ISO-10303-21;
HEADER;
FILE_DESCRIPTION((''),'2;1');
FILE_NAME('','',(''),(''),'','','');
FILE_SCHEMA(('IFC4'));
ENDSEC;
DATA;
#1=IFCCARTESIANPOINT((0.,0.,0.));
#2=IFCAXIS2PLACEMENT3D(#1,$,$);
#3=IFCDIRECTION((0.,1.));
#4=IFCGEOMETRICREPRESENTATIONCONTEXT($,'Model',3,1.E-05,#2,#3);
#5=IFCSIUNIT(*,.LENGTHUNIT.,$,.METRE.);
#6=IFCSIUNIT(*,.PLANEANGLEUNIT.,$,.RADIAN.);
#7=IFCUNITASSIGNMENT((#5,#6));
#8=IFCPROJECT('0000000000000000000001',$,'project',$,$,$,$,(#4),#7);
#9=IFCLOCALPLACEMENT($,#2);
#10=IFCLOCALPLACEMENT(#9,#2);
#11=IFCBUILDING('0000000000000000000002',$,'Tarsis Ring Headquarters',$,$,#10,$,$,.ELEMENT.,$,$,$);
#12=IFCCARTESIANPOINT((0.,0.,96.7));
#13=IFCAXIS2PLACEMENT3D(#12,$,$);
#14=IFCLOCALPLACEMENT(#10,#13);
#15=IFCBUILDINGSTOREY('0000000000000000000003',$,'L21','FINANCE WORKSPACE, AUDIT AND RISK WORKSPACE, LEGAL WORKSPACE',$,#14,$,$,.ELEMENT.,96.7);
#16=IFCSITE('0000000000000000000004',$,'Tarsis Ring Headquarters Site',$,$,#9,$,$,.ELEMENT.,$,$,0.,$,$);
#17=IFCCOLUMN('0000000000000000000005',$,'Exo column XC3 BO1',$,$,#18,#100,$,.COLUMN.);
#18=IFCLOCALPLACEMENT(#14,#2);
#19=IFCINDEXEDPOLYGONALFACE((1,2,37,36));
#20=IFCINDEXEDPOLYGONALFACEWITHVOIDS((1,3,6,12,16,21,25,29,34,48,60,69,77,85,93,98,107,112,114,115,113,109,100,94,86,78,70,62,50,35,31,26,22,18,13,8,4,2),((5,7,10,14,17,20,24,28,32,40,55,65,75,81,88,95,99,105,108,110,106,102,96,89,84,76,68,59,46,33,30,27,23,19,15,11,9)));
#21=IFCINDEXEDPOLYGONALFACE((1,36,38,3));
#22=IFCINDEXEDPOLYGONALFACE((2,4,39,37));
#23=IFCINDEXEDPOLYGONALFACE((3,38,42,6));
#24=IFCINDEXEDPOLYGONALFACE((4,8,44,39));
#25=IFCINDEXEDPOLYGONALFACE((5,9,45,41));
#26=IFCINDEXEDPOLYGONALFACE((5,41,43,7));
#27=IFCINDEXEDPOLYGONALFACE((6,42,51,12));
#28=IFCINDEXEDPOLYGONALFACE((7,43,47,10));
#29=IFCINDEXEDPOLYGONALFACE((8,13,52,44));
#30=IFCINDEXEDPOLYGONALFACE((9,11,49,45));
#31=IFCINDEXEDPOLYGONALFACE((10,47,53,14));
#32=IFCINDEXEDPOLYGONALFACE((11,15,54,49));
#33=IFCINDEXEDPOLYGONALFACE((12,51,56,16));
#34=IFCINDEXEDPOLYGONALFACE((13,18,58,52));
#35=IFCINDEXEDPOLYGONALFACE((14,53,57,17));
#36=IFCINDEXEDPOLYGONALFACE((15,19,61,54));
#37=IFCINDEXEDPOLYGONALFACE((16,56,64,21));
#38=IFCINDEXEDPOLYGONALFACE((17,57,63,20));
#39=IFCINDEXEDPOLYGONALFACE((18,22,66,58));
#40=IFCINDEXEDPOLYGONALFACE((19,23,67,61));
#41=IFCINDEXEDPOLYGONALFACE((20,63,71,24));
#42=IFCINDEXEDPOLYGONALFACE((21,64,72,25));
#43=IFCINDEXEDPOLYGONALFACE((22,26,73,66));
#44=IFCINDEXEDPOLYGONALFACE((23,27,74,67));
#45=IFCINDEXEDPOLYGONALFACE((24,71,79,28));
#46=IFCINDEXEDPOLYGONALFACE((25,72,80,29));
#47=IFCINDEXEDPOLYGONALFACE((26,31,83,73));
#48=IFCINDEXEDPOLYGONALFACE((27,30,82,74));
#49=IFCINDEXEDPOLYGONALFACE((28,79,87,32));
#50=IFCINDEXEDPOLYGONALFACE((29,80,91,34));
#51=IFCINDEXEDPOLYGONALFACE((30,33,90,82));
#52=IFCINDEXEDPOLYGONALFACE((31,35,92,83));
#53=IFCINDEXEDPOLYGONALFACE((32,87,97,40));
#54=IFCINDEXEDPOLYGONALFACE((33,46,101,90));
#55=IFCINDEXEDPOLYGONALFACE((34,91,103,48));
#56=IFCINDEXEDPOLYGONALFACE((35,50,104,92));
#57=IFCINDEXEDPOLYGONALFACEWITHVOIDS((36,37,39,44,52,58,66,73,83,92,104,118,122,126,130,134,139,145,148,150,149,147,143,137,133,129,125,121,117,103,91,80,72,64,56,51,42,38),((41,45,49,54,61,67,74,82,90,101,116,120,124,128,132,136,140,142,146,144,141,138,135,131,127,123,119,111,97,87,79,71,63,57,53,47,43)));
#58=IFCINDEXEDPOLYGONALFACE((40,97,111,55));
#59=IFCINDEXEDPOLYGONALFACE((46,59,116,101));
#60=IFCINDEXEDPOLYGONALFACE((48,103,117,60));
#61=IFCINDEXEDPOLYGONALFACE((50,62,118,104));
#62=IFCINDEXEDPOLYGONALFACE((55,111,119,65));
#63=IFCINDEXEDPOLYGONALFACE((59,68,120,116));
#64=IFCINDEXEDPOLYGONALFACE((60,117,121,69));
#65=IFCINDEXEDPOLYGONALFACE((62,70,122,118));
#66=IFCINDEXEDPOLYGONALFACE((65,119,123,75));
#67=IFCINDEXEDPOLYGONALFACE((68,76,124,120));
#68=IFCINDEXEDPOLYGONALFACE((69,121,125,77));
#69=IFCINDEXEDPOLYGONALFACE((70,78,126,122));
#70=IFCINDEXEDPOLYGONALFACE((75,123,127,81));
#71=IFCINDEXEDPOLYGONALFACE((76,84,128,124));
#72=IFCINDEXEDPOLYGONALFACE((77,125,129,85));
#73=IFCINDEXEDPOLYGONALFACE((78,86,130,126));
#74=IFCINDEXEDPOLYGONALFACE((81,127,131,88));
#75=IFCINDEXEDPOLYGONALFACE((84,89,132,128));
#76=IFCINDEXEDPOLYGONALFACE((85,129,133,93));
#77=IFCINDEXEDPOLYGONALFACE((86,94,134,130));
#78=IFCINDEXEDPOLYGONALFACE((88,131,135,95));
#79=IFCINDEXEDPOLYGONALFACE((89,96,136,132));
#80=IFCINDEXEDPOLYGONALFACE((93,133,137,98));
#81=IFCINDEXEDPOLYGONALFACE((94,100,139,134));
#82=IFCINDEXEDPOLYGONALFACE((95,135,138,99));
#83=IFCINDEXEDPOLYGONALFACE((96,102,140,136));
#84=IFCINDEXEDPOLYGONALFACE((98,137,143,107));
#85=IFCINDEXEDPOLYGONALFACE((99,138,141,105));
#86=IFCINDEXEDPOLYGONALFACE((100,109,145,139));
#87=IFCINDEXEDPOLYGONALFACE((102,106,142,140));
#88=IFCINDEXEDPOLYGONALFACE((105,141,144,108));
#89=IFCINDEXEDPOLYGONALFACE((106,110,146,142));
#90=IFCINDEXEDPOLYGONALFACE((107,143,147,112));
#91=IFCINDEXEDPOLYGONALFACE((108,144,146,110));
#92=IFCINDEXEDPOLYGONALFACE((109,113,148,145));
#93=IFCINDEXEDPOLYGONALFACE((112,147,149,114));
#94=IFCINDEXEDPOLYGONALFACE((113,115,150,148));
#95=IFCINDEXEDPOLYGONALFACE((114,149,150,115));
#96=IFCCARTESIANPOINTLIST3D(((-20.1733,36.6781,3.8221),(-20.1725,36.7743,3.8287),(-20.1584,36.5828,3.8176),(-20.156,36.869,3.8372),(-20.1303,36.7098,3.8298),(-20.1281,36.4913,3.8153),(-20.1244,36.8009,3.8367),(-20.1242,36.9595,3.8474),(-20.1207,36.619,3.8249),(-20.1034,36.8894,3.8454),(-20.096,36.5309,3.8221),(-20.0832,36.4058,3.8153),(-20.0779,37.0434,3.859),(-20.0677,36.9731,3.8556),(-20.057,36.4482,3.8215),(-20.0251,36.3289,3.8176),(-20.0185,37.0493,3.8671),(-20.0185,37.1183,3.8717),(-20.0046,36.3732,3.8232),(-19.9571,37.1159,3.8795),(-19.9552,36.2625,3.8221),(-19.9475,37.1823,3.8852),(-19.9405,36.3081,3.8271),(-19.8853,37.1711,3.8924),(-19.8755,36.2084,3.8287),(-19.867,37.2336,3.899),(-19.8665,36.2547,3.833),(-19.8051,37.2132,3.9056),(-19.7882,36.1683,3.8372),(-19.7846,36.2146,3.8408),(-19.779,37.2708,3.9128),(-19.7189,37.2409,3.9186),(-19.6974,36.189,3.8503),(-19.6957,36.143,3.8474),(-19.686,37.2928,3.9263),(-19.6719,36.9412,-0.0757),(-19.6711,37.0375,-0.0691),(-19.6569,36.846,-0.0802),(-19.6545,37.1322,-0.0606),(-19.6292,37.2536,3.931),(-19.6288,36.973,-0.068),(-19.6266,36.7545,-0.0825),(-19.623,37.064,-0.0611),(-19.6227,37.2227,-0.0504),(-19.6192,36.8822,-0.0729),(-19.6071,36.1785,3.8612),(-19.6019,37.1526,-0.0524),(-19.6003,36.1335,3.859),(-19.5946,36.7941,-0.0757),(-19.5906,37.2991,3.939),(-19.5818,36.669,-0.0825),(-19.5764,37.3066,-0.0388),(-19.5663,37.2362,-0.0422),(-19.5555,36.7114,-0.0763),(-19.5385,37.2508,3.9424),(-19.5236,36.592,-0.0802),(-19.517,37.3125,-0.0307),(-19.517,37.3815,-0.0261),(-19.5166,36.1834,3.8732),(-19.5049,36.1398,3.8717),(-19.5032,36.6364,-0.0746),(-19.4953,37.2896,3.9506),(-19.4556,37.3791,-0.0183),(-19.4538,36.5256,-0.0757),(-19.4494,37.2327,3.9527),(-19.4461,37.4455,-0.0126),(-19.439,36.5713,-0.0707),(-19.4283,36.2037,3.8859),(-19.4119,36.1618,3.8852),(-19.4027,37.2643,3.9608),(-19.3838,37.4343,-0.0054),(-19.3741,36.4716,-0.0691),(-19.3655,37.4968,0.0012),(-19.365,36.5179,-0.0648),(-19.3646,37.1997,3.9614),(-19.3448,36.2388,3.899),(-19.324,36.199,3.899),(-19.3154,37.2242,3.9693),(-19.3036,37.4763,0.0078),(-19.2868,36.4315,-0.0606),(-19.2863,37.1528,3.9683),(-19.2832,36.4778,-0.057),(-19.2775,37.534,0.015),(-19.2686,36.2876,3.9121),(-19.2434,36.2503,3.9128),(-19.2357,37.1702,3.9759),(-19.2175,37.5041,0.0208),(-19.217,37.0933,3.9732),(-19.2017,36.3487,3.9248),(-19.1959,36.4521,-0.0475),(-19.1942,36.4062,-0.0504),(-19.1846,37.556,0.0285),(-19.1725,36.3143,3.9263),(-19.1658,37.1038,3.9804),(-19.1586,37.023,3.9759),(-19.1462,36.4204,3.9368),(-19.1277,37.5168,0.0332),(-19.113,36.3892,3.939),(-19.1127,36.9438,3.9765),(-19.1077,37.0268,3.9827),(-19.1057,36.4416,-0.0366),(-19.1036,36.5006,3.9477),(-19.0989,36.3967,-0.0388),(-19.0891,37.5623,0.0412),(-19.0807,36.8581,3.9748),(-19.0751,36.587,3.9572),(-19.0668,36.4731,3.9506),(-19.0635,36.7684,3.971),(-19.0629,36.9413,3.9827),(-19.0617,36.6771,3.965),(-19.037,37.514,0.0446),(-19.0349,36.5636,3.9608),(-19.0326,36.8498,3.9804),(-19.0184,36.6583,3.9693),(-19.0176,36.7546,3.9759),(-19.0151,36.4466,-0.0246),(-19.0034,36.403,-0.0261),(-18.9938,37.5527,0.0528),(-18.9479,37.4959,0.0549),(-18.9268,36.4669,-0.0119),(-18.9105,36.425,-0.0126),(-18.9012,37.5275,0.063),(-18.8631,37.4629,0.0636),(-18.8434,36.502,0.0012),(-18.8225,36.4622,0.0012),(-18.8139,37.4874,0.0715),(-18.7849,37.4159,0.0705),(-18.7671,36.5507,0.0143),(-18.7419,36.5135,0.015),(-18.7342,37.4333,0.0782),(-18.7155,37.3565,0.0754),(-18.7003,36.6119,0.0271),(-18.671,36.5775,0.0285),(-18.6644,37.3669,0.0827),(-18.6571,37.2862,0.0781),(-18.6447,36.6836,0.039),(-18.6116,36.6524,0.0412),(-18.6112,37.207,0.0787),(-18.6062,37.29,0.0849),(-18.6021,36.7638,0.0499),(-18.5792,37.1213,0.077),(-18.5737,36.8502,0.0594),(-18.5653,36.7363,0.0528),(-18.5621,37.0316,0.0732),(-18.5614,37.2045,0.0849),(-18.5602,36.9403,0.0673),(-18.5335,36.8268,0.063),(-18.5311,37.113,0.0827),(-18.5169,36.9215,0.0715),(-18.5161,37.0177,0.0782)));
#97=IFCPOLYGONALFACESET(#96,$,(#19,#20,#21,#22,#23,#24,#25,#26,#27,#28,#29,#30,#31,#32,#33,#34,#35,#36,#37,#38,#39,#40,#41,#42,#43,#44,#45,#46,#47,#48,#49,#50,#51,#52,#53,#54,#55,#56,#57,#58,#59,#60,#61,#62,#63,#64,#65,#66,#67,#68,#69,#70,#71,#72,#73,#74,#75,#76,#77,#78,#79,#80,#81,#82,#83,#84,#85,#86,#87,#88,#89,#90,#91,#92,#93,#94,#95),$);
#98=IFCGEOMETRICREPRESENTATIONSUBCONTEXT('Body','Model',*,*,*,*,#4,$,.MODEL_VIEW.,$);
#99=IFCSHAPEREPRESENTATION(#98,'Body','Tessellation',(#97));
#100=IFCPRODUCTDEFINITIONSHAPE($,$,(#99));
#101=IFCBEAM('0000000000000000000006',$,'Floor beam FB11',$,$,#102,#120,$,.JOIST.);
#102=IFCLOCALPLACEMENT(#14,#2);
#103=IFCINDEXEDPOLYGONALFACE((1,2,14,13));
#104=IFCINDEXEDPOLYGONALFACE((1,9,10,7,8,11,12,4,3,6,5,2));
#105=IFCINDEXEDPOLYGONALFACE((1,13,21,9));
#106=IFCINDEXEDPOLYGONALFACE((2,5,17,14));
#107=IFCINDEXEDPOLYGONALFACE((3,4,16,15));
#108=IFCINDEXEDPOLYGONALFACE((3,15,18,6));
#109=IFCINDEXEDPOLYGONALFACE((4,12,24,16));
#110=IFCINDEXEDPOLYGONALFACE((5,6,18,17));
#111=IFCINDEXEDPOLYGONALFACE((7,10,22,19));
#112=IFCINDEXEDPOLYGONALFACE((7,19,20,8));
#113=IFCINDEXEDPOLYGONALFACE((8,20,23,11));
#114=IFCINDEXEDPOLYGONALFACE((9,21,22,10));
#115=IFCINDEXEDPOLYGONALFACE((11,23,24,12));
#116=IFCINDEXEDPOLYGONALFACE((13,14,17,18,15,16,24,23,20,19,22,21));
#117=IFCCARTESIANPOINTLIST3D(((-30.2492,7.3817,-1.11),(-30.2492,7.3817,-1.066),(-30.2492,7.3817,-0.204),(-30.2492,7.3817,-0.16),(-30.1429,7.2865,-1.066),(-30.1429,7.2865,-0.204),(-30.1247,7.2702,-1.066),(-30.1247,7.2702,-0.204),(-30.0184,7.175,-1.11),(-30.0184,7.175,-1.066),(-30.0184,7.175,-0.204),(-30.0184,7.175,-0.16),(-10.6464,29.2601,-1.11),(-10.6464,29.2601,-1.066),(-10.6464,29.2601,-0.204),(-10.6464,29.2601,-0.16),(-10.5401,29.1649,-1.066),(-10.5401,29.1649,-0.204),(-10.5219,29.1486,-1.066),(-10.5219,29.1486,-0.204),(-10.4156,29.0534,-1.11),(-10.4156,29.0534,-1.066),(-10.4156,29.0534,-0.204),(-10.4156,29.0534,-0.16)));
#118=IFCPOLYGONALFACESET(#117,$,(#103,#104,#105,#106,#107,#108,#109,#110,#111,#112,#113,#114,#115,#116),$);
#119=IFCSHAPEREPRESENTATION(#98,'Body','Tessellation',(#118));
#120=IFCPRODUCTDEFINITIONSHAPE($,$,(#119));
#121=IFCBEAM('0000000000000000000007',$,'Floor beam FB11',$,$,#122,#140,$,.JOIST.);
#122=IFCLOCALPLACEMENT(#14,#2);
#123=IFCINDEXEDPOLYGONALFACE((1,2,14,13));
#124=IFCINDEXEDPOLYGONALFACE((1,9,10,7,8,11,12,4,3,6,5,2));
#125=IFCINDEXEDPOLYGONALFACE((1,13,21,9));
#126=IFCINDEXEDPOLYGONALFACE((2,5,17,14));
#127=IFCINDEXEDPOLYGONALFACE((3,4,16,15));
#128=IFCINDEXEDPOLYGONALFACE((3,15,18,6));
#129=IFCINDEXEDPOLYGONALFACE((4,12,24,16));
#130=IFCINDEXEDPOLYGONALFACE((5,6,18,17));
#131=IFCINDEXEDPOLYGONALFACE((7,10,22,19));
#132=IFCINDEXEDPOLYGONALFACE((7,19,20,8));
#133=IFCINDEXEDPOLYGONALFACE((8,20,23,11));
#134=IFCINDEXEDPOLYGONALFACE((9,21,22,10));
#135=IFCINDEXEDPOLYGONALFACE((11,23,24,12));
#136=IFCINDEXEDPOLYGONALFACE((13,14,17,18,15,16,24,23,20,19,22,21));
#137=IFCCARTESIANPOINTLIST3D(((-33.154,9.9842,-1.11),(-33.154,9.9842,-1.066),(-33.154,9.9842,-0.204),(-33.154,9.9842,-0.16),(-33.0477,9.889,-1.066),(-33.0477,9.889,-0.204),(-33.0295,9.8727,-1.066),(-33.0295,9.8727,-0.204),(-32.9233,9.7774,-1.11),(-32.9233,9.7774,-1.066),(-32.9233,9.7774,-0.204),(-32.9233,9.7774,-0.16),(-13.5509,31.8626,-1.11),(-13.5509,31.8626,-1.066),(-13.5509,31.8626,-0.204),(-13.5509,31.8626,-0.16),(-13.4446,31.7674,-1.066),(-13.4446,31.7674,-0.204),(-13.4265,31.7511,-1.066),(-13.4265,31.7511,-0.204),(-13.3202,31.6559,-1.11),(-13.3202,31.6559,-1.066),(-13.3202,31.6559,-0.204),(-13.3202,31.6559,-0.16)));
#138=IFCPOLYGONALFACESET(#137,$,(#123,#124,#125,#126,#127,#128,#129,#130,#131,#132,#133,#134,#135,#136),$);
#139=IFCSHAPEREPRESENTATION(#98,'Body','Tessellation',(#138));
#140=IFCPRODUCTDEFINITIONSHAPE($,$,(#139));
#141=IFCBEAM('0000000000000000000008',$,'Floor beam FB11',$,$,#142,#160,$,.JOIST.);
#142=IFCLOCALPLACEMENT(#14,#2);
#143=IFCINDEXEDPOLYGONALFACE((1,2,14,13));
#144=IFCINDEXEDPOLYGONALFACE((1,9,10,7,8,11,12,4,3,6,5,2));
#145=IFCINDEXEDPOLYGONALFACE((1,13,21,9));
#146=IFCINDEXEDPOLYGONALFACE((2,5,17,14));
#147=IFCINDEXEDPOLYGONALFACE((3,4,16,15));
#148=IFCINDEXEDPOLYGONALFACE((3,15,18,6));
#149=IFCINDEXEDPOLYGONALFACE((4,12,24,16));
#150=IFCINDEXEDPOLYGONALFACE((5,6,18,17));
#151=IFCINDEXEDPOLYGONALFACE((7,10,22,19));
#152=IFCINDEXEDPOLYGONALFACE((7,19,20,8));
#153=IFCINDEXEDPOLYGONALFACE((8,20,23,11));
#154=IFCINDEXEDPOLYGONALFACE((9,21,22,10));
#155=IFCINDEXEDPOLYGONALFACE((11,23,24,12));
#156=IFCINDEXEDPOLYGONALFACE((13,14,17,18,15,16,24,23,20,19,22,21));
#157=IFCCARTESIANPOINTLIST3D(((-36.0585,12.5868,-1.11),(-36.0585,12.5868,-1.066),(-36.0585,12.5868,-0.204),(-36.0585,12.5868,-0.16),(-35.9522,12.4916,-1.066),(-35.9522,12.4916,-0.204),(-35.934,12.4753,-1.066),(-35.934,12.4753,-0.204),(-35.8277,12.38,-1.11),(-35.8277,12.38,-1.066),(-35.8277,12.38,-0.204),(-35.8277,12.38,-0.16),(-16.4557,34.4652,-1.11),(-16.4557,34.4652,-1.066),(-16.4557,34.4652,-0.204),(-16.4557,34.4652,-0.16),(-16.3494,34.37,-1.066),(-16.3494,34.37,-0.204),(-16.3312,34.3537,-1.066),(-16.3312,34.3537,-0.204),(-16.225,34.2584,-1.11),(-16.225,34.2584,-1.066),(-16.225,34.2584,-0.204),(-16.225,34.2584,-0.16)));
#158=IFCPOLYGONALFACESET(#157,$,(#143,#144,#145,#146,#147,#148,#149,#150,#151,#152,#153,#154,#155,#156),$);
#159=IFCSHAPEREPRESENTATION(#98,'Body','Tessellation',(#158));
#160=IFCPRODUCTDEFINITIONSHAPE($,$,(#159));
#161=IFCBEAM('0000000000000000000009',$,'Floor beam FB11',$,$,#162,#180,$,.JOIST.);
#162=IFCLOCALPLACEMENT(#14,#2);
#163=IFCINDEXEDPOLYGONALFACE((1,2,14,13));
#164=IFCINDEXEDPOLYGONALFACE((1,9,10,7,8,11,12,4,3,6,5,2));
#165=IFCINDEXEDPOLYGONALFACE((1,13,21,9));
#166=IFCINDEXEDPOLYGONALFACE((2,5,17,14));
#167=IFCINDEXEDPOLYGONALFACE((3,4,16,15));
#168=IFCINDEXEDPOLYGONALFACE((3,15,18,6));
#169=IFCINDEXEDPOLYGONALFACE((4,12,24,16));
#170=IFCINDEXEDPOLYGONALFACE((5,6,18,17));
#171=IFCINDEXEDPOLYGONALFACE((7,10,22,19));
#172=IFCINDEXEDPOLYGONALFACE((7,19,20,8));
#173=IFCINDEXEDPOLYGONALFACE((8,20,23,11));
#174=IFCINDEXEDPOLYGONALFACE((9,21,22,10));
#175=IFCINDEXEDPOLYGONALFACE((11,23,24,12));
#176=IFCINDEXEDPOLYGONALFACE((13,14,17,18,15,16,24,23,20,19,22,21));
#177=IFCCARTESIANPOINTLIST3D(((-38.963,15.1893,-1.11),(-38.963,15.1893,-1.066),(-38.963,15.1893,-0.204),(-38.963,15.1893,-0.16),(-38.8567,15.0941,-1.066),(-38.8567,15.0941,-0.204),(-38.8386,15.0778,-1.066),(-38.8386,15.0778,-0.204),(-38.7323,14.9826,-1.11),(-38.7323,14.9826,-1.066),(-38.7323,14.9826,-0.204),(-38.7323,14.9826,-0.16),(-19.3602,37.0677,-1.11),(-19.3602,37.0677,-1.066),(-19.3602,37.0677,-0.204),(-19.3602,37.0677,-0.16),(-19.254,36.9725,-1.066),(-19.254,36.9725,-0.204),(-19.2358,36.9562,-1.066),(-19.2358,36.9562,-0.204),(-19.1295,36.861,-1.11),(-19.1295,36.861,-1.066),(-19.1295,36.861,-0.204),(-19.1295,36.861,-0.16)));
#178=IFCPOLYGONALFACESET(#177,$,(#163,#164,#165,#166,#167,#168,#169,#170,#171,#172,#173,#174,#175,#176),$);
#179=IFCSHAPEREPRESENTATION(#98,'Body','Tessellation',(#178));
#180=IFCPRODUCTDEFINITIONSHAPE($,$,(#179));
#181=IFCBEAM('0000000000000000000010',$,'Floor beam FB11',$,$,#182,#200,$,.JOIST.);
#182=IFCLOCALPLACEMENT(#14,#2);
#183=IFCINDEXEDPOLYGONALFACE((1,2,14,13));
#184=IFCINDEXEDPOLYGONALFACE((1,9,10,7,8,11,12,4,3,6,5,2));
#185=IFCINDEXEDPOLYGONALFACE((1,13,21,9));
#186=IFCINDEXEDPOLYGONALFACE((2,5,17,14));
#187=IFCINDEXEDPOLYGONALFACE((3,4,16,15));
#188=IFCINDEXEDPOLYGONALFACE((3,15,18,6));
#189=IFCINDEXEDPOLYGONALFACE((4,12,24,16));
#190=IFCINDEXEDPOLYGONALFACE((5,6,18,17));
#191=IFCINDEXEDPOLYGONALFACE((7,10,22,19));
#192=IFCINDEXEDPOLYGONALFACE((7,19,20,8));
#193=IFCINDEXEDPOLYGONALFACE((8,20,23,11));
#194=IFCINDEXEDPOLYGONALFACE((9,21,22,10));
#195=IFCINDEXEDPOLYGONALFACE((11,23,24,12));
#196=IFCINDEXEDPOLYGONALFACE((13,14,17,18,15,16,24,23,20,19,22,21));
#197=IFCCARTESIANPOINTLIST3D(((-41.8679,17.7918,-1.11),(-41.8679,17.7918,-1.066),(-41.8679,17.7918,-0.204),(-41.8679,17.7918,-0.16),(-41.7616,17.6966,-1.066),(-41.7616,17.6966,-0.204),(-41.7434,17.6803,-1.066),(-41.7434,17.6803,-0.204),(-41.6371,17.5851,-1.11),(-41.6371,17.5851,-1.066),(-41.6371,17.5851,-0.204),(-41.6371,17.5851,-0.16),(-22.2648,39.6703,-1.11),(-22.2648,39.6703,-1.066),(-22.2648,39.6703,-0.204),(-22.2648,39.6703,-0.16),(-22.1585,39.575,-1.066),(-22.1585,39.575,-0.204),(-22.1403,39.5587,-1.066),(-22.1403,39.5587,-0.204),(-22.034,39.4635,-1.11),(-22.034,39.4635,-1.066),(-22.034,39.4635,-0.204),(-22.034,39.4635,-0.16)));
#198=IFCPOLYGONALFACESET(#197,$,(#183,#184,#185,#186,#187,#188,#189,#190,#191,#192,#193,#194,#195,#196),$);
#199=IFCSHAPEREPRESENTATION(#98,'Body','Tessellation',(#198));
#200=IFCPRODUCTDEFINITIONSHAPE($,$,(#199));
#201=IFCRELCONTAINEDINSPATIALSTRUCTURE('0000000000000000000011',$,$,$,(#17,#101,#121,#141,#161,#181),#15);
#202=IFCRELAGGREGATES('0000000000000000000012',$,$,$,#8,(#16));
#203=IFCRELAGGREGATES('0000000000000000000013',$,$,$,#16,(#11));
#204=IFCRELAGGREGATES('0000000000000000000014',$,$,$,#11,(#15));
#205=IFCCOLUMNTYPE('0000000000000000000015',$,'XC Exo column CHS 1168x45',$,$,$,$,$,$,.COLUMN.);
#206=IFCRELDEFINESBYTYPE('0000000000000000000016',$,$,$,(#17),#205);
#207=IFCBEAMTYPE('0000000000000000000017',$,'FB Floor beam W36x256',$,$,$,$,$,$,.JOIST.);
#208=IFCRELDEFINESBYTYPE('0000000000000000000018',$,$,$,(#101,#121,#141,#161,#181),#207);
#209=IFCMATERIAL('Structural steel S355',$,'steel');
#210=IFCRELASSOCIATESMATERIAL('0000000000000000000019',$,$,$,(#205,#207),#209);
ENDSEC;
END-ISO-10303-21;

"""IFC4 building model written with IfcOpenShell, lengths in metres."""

from ifc_helpers import new_model, si_unit, direction, frame, origin, origin_2d, place, context, subcontext, project, spatial, hollow_circle, i_section, extrude, material, material_profile, profile_set, type_object, element, save


model = new_model("IFC4")

# Units and contexts
model_context = context("Model", 3, precision=1e-05, world=origin(), true_north=direction((0.0, 1.0)))
body_context = subcontext(model_context, "Body", "Model", "MODEL_VIEW")
ifc_project = project(units=[si_unit("LENGTHUNIT", "METRE"), si_unit("PLANEANGLEUNIT", "RADIAN")], contexts=[model_context])

# Site, building, storey
site_placement = place(None, origin())
site = spatial("IfcSite", under=ifc_project, at=site_placement, Name="Tarsis Ring Headquarters Site", CompositionType="ELEMENT", RefElevation=0.0)
building_placement = place(site_placement, origin())
building = spatial("IfcBuilding", under=site, at=building_placement, Name="Tarsis Ring Headquarters", CompositionType="ELEMENT")
storey_placement = place(building_placement, frame((0.0, 0.0, 96.7)))
storey = spatial("IfcBuildingStorey", under=building, at=storey_placement, Name="L21", Description="FINANCE WORKSPACE, AUDIT AND RISK WORKSPACE, LEGAL WORKSPACE", CompositionType="ELEMENT", Elevation=96.7)

# Column
ifc_material_1 = material(Name="Structural steel S355", Category="steel")
ifc_material_profile_1 = material_profile(ifc_material_1, hollow_circle(Radius=0.5842, WallThickness=0.0449, at=origin_2d()), Name="CHS 1168x45")
ifc_profile_set_1 = profile_set([ifc_material_profile_1], Name="Structural steel S355")
column_type = type_object("IfcColumnType", Name="XC Exo column CHS 1168x45", PredefinedType="COLUMN", material=ifc_profile_set_1)
column_placement = place(storey_placement, frame((-19.094, 36.9795, 0.0012), z_axis=(-0.127319, -0.066821, 0.989608), x_axis=(0.464716, -0.88546, 0.0)))
element("IfcColumn", 1, at=column_placement, inside=storey, type_object=column_type, Name="Exo column XC3 BO1", PredefinedType="COLUMN", context=body_context, shape_type="SweptSolid", body=[
    extrude(hollow_circle(Radius=0.5842, WallThickness=0.0449, at=origin_2d()), origin(), (0.0, 0.0, 1.0), 3.9387),
])

# Beams
ifc_material_profile_2 = material_profile(ifc_material_1, i_section(OverallWidth=0.3098, OverallDepth=0.95, WebThickness=0.0244, FlangeThickness=0.0439, at=origin_2d()), Name="W36x256")
ifc_profile_set_2 = profile_set([ifc_material_profile_2], Name="Structural steel S355")
beam_type_1 = type_object("IfcBeamType", Name="FB Floor beam W36x256", PredefinedType="JOIST", material=ifc_profile_set_2)
beam_1_placement = place(storey_placement, frame((-10.531, 29.1567, -0.635), z_axis=(-0.667312, -0.744778, 0.0), x_axis=(0.744778, -0.667312, 0.0)))
element("IfcBeam", 2, at=beam_1_placement, inside=storey, type_object=beam_type_1, Name="Floor beam FB11", PredefinedType="JOIST", context=body_context, shape_type="SweptSolid", body=[
    extrude(i_section(OverallWidth=0.3098, OverallDepth=0.95, WebThickness=0.0244, FlangeThickness=0.0439, at=origin_2d()), origin(), (0.0, 0.0, 1.0), 29.3757),
])
beam_2_placement = place(storey_placement, frame((-13.4355, 31.7593, -0.635), z_axis=(-0.667317, -0.744774, 0.0), x_axis=(0.744774, -0.667317, 0.0)))
element("IfcBeam", 3, at=beam_2_placement, inside=storey, type_object=beam_type_1, Name="Floor beam FB11", PredefinedType="JOIST", context=body_context, shape_type="SweptSolid", body=[
    extrude(i_section(OverallWidth=0.3098, OverallDepth=0.95, WebThickness=0.0244, FlangeThickness=0.0439, at=origin_2d()), origin(), (0.0, 0.0, 1.0), 29.376),
])
for number, where, z_axis, x_axis, name in (
    (4, (-16.3403, 34.3618, -0.635), (-0.667312, -0.744778, 0.0), (0.744778, -0.667312, 0.0), "Floor beam FB11"),
    (5, (-19.2449, 36.9644, -0.635), (-0.667312, -0.744778, 0.0), (0.744778, -0.667312, 0.0), "Floor beam FB11"),
):
    element("IfcBeam", number, at=place(storey_placement, frame(where, z_axis=z_axis, x_axis=x_axis)), inside=storey, type_object=beam_type_1, Name=name, PredefinedType="JOIST", context=body_context, shape_type="SweptSolid", body=[
        extrude(i_section(OverallWidth=0.3098, OverallDepth=0.95, WebThickness=0.0244, FlangeThickness=0.0439, at=origin_2d()), origin(), (0.0, 0.0, 1.0), 29.3757),
    ])
beam_3_placement = place(storey_placement, frame((-22.1494, 39.5669, -0.635), z_axis=(-0.667317, -0.744774, 0.0), x_axis=(0.744774, -0.667317, 0.0)))
element("IfcBeam", 6, at=beam_3_placement, inside=storey, type_object=beam_type_1, Name="Floor beam FB11", PredefinedType="JOIST", context=body_context, shape_type="SweptSolid", body=[
    extrude(i_section(OverallWidth=0.3098, OverallDepth=0.95, WebThickness=0.0244, FlangeThickness=0.0439, at=origin_2d()), origin(), (0.0, 0.0, 1.0), 29.376),
])

save(model, "model.ifc")
